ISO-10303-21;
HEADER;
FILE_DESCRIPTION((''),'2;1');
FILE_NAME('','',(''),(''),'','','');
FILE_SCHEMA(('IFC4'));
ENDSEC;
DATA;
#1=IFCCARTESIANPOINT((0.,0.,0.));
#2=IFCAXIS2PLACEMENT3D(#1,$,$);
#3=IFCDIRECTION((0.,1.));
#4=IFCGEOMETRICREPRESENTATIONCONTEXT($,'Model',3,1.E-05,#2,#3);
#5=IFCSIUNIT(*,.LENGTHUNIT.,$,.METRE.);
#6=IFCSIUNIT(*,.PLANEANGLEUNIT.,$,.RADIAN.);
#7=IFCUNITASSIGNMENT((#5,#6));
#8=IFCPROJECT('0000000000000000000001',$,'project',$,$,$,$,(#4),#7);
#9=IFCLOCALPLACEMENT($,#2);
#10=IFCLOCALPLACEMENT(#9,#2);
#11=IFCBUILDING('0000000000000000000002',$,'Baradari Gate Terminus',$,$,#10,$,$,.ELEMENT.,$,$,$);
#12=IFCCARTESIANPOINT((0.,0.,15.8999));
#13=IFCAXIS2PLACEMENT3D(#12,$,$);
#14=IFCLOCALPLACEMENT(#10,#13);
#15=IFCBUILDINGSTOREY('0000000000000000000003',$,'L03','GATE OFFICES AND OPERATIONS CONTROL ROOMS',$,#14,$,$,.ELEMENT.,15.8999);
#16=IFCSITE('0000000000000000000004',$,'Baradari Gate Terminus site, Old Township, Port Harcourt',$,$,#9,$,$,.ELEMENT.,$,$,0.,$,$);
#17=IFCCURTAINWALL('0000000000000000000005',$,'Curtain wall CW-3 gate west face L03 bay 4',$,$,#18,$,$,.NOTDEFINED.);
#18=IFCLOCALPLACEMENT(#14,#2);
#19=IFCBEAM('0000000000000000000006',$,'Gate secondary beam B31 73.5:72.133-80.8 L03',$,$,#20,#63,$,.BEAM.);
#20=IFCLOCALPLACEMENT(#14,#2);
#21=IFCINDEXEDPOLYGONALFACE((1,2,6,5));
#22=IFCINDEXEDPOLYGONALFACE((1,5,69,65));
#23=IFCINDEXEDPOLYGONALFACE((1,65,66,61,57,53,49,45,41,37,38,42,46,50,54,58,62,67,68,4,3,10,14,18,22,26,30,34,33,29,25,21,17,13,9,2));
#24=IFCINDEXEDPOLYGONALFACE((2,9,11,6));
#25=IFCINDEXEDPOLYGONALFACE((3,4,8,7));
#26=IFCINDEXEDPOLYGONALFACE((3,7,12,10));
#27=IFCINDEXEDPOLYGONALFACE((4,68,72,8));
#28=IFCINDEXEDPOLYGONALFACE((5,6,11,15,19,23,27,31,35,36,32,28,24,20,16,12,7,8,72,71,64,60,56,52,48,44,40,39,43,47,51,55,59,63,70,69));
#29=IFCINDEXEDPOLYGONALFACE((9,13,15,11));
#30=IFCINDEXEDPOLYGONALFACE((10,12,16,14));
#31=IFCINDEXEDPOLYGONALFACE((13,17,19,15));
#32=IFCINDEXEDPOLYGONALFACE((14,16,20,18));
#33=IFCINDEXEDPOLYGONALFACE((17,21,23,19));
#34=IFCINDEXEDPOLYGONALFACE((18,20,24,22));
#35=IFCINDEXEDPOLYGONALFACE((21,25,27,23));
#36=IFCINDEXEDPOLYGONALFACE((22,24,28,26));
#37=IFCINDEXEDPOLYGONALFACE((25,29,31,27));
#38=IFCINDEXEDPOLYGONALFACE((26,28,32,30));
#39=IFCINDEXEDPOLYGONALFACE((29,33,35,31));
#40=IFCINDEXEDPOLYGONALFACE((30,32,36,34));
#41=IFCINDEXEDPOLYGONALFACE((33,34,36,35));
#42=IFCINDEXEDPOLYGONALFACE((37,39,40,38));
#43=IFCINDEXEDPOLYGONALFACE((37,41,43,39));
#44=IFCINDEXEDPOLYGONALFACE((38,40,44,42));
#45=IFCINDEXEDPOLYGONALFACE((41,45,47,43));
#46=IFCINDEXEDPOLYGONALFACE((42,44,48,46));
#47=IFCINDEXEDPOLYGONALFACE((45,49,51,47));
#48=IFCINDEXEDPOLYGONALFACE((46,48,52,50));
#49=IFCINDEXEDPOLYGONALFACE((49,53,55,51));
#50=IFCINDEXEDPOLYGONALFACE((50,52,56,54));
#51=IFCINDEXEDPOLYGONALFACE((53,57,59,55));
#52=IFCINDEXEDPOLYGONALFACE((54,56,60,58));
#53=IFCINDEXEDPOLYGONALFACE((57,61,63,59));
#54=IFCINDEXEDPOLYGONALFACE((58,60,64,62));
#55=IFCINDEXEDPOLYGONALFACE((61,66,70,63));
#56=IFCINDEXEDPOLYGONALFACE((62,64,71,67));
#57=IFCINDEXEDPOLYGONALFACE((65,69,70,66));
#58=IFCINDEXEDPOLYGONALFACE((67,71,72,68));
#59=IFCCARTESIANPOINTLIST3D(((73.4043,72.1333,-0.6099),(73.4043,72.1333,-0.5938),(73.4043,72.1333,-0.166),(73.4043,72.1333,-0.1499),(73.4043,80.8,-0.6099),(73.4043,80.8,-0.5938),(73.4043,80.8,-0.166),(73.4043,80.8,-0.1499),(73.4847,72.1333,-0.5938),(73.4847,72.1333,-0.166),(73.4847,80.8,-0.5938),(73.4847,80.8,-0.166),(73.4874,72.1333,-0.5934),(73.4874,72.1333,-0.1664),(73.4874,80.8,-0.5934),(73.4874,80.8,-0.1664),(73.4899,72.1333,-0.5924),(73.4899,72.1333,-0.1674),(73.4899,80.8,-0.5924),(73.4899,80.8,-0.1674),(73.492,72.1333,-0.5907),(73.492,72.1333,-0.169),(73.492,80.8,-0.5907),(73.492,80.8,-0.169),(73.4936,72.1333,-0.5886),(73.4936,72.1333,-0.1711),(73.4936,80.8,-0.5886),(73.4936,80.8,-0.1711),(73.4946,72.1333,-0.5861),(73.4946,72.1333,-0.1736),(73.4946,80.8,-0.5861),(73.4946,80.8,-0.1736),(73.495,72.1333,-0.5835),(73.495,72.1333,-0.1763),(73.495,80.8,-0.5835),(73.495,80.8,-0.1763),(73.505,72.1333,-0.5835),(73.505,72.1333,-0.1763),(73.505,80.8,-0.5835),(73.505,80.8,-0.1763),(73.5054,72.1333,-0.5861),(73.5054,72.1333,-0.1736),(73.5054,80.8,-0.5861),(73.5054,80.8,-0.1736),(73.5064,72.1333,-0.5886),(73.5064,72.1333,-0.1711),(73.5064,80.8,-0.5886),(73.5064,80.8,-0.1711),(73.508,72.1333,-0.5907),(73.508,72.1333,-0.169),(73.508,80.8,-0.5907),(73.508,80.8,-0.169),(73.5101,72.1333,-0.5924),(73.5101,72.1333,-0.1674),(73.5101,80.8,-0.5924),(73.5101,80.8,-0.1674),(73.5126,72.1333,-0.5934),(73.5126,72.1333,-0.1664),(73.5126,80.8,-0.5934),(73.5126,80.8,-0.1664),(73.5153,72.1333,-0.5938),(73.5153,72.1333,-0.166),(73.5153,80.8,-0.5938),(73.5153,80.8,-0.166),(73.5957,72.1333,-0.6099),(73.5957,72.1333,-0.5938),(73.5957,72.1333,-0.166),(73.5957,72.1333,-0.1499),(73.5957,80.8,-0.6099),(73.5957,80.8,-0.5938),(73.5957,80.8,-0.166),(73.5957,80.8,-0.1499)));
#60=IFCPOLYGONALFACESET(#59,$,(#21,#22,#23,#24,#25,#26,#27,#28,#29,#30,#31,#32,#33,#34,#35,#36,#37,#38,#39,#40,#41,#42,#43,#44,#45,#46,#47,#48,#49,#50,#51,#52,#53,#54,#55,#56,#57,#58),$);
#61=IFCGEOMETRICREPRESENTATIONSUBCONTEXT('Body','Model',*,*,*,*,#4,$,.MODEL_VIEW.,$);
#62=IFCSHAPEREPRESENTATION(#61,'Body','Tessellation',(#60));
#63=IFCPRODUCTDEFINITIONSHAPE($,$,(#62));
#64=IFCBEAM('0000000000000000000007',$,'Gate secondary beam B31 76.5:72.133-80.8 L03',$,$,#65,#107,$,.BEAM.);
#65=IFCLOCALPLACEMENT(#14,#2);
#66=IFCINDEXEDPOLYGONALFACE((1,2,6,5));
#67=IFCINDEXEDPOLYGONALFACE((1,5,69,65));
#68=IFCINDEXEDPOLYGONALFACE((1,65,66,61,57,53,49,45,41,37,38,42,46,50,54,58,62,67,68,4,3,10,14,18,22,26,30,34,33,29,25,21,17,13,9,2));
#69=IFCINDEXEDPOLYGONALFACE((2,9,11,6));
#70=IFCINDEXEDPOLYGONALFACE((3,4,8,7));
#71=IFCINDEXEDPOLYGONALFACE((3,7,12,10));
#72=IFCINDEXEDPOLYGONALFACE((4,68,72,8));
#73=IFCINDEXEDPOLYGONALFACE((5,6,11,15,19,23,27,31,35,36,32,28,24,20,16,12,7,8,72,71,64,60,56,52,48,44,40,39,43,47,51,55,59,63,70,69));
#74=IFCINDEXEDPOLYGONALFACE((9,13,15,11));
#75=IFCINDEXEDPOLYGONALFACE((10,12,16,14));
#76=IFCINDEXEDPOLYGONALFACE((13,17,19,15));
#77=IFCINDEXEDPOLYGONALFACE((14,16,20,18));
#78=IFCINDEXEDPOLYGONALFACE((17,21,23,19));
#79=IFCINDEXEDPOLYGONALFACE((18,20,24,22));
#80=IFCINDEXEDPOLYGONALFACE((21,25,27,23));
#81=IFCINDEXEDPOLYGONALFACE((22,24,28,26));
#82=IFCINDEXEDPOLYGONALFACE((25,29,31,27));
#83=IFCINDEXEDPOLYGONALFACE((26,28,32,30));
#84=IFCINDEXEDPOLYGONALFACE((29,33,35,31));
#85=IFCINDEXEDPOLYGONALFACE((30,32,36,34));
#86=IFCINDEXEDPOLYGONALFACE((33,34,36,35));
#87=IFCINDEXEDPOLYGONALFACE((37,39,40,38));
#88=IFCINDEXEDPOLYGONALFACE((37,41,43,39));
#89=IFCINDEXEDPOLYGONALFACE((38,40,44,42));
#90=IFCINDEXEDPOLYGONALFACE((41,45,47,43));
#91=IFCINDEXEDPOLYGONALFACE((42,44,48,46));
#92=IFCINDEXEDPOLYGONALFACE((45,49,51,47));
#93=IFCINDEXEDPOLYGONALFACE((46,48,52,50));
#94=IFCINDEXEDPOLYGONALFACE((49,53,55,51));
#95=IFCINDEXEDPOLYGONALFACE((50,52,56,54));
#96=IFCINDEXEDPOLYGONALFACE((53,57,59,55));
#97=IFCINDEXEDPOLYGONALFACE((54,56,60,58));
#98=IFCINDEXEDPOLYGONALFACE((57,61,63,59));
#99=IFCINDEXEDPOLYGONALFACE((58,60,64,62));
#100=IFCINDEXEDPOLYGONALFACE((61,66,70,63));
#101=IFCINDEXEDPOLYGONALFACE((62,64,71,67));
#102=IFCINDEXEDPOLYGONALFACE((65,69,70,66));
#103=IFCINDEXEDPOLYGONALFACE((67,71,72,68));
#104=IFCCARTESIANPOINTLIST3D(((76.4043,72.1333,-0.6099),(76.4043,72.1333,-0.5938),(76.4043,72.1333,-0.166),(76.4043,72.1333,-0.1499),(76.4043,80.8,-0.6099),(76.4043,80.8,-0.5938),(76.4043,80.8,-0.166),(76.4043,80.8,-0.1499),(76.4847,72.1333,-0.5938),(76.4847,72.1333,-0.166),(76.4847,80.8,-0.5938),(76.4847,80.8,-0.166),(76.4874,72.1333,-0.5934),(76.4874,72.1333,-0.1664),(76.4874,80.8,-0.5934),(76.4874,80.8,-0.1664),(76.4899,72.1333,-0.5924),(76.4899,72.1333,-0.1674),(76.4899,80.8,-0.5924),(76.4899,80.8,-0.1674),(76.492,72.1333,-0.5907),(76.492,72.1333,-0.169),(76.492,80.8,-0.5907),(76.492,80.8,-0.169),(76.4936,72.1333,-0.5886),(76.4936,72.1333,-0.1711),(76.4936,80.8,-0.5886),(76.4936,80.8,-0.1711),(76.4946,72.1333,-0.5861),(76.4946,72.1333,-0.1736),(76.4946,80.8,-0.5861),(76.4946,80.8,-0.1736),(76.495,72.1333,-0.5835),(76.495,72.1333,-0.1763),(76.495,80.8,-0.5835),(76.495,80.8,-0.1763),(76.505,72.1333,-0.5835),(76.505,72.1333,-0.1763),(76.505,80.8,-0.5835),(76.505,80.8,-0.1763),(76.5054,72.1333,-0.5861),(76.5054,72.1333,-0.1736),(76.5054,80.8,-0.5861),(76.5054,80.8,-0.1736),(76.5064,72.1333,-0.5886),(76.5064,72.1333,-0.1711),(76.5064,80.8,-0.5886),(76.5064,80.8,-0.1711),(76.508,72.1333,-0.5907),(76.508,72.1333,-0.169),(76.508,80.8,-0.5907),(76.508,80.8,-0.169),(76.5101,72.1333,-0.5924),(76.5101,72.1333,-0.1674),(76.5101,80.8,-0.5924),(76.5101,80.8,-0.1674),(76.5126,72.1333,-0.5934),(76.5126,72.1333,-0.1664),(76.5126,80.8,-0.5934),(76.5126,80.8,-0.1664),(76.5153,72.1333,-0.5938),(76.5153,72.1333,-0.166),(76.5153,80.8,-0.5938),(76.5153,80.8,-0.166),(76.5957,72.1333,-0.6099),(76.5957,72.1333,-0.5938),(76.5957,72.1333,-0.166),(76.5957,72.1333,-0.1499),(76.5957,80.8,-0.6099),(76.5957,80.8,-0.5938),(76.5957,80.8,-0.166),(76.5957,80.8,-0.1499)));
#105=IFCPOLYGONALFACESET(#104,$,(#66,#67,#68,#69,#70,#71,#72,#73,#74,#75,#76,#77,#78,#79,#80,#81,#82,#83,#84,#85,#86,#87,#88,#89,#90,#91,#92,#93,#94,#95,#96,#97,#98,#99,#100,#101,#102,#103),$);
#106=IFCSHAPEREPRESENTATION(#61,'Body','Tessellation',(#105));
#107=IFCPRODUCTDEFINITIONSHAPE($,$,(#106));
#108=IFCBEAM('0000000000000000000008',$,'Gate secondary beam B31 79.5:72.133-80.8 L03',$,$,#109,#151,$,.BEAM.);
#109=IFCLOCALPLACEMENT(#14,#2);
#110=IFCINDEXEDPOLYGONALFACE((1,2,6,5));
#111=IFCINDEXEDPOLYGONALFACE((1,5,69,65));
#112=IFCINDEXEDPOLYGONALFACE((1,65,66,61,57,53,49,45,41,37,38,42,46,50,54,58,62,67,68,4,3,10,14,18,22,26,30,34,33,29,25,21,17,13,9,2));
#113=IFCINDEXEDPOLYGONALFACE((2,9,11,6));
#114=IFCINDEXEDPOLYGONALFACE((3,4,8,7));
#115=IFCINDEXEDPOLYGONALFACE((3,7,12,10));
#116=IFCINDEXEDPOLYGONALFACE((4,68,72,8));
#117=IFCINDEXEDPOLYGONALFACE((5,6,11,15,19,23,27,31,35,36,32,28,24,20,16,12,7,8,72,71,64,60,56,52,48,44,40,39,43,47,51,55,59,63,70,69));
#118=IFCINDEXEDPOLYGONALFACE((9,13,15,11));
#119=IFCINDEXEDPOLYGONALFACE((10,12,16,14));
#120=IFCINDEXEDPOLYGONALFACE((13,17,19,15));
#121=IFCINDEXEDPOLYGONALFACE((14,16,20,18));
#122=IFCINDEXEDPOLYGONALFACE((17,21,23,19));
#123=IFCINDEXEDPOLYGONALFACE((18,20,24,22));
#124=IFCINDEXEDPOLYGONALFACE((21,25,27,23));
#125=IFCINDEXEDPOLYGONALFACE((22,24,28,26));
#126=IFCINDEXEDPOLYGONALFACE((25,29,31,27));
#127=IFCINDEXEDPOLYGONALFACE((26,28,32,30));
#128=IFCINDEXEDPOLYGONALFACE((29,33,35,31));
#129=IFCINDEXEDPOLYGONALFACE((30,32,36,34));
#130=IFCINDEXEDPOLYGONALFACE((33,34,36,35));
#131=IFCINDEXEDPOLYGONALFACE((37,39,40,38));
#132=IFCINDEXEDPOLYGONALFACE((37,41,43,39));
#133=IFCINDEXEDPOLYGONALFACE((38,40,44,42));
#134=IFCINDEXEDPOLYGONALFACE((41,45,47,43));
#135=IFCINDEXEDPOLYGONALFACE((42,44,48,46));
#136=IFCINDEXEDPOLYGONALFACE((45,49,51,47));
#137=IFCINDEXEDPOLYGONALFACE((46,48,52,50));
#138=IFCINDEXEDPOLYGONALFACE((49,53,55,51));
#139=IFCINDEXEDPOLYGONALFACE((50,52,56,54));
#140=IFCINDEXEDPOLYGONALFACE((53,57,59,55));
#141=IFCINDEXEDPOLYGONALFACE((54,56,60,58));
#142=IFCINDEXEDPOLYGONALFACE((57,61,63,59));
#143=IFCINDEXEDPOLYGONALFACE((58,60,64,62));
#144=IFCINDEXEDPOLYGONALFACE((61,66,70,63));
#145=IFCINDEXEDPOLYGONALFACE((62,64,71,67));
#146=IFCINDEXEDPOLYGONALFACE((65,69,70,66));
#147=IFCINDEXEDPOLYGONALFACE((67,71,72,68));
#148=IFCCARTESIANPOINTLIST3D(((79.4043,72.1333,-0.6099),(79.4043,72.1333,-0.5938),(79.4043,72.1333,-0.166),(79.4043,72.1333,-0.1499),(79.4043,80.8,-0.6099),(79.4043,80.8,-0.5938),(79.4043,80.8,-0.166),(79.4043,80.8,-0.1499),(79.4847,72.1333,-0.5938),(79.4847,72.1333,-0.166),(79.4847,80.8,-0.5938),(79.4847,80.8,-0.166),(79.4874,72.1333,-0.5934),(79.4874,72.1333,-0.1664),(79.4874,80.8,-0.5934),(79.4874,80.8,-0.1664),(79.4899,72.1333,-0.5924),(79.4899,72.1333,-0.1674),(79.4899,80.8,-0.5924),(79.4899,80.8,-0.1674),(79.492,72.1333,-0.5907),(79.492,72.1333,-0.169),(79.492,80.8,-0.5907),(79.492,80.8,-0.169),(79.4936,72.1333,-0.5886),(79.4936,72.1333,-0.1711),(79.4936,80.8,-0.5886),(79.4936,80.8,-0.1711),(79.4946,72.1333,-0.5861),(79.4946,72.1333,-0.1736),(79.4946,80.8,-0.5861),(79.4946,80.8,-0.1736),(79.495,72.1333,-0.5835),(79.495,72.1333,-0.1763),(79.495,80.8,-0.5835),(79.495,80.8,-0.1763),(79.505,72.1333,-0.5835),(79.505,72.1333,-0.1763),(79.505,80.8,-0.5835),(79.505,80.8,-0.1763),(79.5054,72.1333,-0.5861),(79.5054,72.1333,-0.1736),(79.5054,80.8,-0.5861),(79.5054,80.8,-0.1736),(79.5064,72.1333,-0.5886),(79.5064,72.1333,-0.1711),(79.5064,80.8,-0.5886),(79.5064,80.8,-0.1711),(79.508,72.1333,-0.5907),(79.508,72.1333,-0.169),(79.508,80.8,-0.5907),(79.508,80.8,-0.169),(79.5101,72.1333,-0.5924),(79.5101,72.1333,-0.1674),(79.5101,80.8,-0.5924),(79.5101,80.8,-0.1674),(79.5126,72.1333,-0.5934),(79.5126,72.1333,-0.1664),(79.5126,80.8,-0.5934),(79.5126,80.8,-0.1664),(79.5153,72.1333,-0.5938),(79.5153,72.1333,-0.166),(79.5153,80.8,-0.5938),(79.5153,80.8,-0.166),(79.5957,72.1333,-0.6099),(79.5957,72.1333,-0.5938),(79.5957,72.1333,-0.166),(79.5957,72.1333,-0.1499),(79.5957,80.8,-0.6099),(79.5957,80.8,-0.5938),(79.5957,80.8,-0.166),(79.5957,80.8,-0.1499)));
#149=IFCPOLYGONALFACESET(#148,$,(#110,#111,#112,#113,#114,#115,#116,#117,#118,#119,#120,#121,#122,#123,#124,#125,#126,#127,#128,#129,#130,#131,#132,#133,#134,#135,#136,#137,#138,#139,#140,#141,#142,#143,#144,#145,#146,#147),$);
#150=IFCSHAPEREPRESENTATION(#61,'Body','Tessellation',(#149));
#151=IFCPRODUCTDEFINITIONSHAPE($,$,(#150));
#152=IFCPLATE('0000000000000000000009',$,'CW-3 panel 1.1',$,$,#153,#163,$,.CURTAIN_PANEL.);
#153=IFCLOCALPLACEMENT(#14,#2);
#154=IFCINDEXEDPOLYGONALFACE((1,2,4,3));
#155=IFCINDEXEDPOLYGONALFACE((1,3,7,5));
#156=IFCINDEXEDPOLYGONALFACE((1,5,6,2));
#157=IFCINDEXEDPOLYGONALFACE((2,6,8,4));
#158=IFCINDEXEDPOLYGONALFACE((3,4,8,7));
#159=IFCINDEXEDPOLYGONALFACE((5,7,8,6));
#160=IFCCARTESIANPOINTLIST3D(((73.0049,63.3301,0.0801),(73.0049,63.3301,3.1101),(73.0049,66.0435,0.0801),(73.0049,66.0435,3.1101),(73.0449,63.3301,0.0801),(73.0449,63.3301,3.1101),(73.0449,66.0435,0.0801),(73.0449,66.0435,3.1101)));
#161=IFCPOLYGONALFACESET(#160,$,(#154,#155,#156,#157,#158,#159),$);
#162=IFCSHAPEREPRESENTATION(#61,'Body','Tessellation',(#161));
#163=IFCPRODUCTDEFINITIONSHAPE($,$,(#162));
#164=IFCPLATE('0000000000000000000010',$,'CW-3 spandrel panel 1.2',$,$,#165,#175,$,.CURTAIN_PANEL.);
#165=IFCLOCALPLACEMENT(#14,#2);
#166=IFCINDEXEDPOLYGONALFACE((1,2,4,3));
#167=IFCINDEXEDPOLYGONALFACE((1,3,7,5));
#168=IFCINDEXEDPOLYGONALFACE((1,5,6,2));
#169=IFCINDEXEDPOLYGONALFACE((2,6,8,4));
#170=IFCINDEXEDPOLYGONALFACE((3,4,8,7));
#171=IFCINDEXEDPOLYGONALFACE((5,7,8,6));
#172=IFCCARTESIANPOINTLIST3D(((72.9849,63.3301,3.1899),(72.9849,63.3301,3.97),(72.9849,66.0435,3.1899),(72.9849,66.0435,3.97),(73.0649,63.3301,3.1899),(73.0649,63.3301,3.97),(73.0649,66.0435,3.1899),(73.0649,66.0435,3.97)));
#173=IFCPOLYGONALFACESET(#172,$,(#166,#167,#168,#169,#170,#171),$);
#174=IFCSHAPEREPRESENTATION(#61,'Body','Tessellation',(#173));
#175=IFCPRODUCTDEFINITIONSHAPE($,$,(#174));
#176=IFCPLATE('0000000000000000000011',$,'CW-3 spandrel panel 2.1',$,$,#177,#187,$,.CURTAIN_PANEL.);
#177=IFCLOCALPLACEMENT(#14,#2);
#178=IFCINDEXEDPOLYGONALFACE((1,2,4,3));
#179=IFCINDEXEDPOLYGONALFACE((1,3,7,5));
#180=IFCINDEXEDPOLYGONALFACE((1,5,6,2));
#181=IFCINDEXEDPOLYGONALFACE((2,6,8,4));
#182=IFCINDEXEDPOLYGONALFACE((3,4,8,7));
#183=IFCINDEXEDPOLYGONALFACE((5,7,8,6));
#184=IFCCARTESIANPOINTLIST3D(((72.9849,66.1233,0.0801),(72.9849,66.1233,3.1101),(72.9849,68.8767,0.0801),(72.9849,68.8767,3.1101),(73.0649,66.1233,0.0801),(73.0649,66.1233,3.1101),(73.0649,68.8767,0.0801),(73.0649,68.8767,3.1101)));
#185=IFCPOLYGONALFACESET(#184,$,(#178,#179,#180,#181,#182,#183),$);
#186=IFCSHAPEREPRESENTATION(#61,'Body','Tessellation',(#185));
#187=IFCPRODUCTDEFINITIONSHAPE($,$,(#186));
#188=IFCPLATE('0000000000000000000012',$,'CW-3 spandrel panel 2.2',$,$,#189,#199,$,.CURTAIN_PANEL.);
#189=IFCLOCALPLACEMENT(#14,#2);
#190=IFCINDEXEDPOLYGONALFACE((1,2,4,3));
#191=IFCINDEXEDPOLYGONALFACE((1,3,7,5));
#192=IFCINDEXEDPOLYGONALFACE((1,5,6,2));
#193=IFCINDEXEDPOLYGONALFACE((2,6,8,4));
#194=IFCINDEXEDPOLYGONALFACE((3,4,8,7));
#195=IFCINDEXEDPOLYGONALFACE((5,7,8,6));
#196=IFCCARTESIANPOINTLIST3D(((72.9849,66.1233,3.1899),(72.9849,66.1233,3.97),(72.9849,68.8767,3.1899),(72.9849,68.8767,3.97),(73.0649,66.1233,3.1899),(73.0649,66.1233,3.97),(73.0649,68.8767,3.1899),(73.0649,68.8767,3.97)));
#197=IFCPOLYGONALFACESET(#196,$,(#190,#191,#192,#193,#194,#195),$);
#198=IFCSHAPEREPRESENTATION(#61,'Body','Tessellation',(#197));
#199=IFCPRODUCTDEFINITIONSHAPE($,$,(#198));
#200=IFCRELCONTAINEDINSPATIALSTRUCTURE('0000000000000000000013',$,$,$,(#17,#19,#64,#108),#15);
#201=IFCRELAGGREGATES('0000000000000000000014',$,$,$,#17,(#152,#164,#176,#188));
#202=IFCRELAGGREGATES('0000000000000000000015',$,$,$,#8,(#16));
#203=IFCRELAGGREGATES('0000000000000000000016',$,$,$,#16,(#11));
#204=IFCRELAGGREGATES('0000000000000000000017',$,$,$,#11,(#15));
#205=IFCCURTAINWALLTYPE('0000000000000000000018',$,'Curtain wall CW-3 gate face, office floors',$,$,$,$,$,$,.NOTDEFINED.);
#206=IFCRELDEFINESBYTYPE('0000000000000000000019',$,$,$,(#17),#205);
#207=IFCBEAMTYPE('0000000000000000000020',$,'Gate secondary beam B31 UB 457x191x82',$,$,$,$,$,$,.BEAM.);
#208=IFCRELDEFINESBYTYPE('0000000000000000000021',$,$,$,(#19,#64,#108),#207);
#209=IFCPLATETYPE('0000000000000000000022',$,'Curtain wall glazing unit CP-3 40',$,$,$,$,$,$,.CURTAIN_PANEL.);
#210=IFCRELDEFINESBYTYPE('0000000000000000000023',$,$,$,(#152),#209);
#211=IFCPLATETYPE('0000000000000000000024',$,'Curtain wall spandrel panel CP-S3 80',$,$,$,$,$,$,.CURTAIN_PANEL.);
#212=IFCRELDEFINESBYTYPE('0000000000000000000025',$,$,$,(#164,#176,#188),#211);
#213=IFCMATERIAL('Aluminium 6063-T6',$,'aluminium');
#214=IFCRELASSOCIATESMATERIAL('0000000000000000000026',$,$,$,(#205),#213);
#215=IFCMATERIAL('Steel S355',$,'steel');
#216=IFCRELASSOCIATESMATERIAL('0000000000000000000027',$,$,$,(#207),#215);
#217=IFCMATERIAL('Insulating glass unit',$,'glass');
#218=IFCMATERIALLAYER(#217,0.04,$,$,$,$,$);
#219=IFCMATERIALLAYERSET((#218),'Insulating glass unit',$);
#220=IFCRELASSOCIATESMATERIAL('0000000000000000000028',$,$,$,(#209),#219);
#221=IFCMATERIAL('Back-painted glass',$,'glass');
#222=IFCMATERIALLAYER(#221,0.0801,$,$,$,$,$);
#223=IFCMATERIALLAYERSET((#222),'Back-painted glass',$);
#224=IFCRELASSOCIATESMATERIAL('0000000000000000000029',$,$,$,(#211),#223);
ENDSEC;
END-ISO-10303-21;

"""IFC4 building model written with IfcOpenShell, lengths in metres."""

from ifc_helpers import new_model, si_unit, direction, frame, origin, origin_2d, place, context, subcontext, project, spatial, rectangle, i_section, extrude, material, layer, layer_set, material_profile, profile_set, type_object, element, aggregate, save


model = new_model("IFC4")

# Units and contexts
model_context = context("Model", 3, precision=1e-05, world=origin(), true_north=direction((0.0, 1.0)))
body_context = subcontext(model_context, "Body", "Model", "MODEL_VIEW")
ifc_project = project(units=[si_unit("LENGTHUNIT", "METRE"), si_unit("PLANEANGLEUNIT", "RADIAN")], contexts=[model_context])

# Site, building, storey
site_placement = place(None, origin())
site = spatial("IfcSite", under=ifc_project, at=site_placement, Name="Baradari Gate Terminus site, Old Township, Port Harcourt", CompositionType="ELEMENT", RefElevation=0.0)
building_placement = place(site_placement, origin())
building = spatial("IfcBuilding", under=site, at=building_placement, Name="Baradari Gate Terminus", CompositionType="ELEMENT")
storey_placement = place(building_placement, frame((0.0, 0.0, 15.8999)))
storey = spatial("IfcBuildingStorey", under=building, at=storey_placement, Name="L03", Description="GATE OFFICES AND OPERATIONS CONTROL ROOMS", CompositionType="ELEMENT", Elevation=15.8999)

# Curtain wall
ifc_material_1 = material(Name="Aluminium 6063-T6", Category="aluminium")
curtain_wall_type = type_object("IfcCurtainWallType", Name="Curtain wall CW-3 gate face, office floors", PredefinedType="NOTDEFINED", material=ifc_material_1)
curtain_wall_placement = place(storey_placement, origin())
curtain_wall = element("IfcCurtainWall", 1, at=curtain_wall_placement, inside=storey, type_object=curtain_wall_type, Name="Curtain wall CW-3 gate west face L03 bay 4", PredefinedType="NOTDEFINED")

# Beams
ifc_material_2 = material(Name="Steel S355", Category="steel")
ifc_material_profile_1 = material_profile(ifc_material_2, i_section(OverallWidth=0.1914, OverallDepth=0.46, WebThickness=0.01, FlangeThickness=0.0161, FilletRadius=0.0103, at=origin_2d()), Name="UB 457x191x82")
ifc_profile_set_1 = profile_set([ifc_material_profile_1], Name="Steel S355")
beam_type_1 = type_object("IfcBeamType", Name="Gate secondary beam B31 UB 457x191x82", PredefinedType="BEAM", material=ifc_profile_set_1)
for number, where, z_axis, x_axis, name in (
    (2, (73.5, 72.1333, -0.3799), (0.0, 1.0, 0.0), (-1.0, 0.0, 0.0), "Gate secondary beam B31 73.5:72.133-80.8 L03"),
    (3, (76.5, 72.1333, -0.3799), (0.0, 1.0, 0.0), (-1.0, 0.0, 0.0), "Gate secondary beam B31 76.5:72.133-80.8 L03"),
    (4, (79.5, 72.1333, -0.3799), (0.0, 1.0, 0.0), (-1.0, 0.0, 0.0), "Gate secondary beam B31 79.5:72.133-80.8 L03"),
):
    element("IfcBeam", number, at=place(storey_placement, frame(where, z_axis=z_axis, x_axis=x_axis)), inside=storey, type_object=beam_type_1, Name=name, PredefinedType="BEAM", context=body_context, shape_type="SweptSolid", body=[
        extrude(i_section(OverallWidth=0.1914, OverallDepth=0.46, WebThickness=0.01, FlangeThickness=0.0161, FilletRadius=0.0103, at=origin_2d()), origin(), (0.0, 0.0, 1.0), 8.6667),
    ])

# Plates
ifc_material_3 = material(Name="Insulating glass unit", Category="glass")
ifc_layer_1 = layer(ifc_material_3, 0.04)
ifc_layer_set_1 = layer_set([ifc_layer_1], Name="Insulating glass unit")
plate_type_1 = type_object("IfcPlateType", Name="Curtain wall glazing unit CP-3 40", PredefinedType="CURTAIN_PANEL", material=ifc_layer_set_1)
plate_1_placement = place(storey_placement, frame((73.0249, 64.6868, 0.0801), z_axis=(0.0, 0.0, 1.0), x_axis=(0.0, 1.0, 0.0)))
plate_1 = element("IfcPlate", 5, at=plate_1_placement, type_object=plate_type_1, Name="CW-3 panel 1.1", PredefinedType="CURTAIN_PANEL", context=body_context, shape_type="SweptSolid", body=[
    extrude(rectangle(XDim=2.7134, YDim=0.04, at=origin_2d()), origin(), (0.0, 0.0, 1.0), 3.03),
])
ifc_material_4 = material(Name="Back-painted glass", Category="glass")
ifc_layer_2 = layer(ifc_material_4, 0.0801)
ifc_layer_set_2 = layer_set([ifc_layer_2], Name="Back-painted glass")
plate_type_2 = type_object("IfcPlateType", Name="Curtain wall spandrel panel CP-S3 80", PredefinedType="CURTAIN_PANEL", material=ifc_layer_set_2)
plate_2_placement = place(storey_placement, frame((73.0249, 64.6868, 3.1899), z_axis=(0.0, 0.0, 1.0), x_axis=(0.0, 1.0, 0.0)))
plate_2 = element("IfcPlate", 6, at=plate_2_placement, type_object=plate_type_2, Name="CW-3 spandrel panel 1.2", PredefinedType="CURTAIN_PANEL", context=body_context, shape_type="SweptSolid", body=[
    extrude(rectangle(XDim=2.7134, YDim=0.0801, at=origin_2d()), origin(), (0.0, 0.0, 1.0), 0.78),
])
plate_3_placement = place(storey_placement, frame((73.0249, 67.5, 0.0801), z_axis=(0.0, 0.0, 1.0), x_axis=(0.0, 1.0, 0.0)))
plate_3 = element("IfcPlate", 7, at=plate_3_placement, type_object=plate_type_2, Name="CW-3 spandrel panel 2.1", PredefinedType="CURTAIN_PANEL", context=body_context, shape_type="SweptSolid", body=[
    extrude(rectangle(XDim=2.7534, YDim=0.0801, at=origin_2d()), origin(), (0.0, 0.0, 1.0), 3.03),
])
plate_4_placement = place(storey_placement, frame((73.0249, 67.5, 3.1899), z_axis=(0.0, 0.0, 1.0), x_axis=(0.0, 1.0, 0.0)))
plate_4 = element("IfcPlate", 8, at=plate_4_placement, type_object=plate_type_2, Name="CW-3 spandrel panel 2.2", PredefinedType="CURTAIN_PANEL", context=body_context, shape_type="SweptSolid", body=[
    extrude(rectangle(XDim=2.7534, YDim=0.0801, at=origin_2d()), origin(), (0.0, 0.0, 1.0), 0.78),
])
aggregate(curtain_wall, [plate_1, plate_2, plate_3, plate_4])

save(model, "model.ifc")
